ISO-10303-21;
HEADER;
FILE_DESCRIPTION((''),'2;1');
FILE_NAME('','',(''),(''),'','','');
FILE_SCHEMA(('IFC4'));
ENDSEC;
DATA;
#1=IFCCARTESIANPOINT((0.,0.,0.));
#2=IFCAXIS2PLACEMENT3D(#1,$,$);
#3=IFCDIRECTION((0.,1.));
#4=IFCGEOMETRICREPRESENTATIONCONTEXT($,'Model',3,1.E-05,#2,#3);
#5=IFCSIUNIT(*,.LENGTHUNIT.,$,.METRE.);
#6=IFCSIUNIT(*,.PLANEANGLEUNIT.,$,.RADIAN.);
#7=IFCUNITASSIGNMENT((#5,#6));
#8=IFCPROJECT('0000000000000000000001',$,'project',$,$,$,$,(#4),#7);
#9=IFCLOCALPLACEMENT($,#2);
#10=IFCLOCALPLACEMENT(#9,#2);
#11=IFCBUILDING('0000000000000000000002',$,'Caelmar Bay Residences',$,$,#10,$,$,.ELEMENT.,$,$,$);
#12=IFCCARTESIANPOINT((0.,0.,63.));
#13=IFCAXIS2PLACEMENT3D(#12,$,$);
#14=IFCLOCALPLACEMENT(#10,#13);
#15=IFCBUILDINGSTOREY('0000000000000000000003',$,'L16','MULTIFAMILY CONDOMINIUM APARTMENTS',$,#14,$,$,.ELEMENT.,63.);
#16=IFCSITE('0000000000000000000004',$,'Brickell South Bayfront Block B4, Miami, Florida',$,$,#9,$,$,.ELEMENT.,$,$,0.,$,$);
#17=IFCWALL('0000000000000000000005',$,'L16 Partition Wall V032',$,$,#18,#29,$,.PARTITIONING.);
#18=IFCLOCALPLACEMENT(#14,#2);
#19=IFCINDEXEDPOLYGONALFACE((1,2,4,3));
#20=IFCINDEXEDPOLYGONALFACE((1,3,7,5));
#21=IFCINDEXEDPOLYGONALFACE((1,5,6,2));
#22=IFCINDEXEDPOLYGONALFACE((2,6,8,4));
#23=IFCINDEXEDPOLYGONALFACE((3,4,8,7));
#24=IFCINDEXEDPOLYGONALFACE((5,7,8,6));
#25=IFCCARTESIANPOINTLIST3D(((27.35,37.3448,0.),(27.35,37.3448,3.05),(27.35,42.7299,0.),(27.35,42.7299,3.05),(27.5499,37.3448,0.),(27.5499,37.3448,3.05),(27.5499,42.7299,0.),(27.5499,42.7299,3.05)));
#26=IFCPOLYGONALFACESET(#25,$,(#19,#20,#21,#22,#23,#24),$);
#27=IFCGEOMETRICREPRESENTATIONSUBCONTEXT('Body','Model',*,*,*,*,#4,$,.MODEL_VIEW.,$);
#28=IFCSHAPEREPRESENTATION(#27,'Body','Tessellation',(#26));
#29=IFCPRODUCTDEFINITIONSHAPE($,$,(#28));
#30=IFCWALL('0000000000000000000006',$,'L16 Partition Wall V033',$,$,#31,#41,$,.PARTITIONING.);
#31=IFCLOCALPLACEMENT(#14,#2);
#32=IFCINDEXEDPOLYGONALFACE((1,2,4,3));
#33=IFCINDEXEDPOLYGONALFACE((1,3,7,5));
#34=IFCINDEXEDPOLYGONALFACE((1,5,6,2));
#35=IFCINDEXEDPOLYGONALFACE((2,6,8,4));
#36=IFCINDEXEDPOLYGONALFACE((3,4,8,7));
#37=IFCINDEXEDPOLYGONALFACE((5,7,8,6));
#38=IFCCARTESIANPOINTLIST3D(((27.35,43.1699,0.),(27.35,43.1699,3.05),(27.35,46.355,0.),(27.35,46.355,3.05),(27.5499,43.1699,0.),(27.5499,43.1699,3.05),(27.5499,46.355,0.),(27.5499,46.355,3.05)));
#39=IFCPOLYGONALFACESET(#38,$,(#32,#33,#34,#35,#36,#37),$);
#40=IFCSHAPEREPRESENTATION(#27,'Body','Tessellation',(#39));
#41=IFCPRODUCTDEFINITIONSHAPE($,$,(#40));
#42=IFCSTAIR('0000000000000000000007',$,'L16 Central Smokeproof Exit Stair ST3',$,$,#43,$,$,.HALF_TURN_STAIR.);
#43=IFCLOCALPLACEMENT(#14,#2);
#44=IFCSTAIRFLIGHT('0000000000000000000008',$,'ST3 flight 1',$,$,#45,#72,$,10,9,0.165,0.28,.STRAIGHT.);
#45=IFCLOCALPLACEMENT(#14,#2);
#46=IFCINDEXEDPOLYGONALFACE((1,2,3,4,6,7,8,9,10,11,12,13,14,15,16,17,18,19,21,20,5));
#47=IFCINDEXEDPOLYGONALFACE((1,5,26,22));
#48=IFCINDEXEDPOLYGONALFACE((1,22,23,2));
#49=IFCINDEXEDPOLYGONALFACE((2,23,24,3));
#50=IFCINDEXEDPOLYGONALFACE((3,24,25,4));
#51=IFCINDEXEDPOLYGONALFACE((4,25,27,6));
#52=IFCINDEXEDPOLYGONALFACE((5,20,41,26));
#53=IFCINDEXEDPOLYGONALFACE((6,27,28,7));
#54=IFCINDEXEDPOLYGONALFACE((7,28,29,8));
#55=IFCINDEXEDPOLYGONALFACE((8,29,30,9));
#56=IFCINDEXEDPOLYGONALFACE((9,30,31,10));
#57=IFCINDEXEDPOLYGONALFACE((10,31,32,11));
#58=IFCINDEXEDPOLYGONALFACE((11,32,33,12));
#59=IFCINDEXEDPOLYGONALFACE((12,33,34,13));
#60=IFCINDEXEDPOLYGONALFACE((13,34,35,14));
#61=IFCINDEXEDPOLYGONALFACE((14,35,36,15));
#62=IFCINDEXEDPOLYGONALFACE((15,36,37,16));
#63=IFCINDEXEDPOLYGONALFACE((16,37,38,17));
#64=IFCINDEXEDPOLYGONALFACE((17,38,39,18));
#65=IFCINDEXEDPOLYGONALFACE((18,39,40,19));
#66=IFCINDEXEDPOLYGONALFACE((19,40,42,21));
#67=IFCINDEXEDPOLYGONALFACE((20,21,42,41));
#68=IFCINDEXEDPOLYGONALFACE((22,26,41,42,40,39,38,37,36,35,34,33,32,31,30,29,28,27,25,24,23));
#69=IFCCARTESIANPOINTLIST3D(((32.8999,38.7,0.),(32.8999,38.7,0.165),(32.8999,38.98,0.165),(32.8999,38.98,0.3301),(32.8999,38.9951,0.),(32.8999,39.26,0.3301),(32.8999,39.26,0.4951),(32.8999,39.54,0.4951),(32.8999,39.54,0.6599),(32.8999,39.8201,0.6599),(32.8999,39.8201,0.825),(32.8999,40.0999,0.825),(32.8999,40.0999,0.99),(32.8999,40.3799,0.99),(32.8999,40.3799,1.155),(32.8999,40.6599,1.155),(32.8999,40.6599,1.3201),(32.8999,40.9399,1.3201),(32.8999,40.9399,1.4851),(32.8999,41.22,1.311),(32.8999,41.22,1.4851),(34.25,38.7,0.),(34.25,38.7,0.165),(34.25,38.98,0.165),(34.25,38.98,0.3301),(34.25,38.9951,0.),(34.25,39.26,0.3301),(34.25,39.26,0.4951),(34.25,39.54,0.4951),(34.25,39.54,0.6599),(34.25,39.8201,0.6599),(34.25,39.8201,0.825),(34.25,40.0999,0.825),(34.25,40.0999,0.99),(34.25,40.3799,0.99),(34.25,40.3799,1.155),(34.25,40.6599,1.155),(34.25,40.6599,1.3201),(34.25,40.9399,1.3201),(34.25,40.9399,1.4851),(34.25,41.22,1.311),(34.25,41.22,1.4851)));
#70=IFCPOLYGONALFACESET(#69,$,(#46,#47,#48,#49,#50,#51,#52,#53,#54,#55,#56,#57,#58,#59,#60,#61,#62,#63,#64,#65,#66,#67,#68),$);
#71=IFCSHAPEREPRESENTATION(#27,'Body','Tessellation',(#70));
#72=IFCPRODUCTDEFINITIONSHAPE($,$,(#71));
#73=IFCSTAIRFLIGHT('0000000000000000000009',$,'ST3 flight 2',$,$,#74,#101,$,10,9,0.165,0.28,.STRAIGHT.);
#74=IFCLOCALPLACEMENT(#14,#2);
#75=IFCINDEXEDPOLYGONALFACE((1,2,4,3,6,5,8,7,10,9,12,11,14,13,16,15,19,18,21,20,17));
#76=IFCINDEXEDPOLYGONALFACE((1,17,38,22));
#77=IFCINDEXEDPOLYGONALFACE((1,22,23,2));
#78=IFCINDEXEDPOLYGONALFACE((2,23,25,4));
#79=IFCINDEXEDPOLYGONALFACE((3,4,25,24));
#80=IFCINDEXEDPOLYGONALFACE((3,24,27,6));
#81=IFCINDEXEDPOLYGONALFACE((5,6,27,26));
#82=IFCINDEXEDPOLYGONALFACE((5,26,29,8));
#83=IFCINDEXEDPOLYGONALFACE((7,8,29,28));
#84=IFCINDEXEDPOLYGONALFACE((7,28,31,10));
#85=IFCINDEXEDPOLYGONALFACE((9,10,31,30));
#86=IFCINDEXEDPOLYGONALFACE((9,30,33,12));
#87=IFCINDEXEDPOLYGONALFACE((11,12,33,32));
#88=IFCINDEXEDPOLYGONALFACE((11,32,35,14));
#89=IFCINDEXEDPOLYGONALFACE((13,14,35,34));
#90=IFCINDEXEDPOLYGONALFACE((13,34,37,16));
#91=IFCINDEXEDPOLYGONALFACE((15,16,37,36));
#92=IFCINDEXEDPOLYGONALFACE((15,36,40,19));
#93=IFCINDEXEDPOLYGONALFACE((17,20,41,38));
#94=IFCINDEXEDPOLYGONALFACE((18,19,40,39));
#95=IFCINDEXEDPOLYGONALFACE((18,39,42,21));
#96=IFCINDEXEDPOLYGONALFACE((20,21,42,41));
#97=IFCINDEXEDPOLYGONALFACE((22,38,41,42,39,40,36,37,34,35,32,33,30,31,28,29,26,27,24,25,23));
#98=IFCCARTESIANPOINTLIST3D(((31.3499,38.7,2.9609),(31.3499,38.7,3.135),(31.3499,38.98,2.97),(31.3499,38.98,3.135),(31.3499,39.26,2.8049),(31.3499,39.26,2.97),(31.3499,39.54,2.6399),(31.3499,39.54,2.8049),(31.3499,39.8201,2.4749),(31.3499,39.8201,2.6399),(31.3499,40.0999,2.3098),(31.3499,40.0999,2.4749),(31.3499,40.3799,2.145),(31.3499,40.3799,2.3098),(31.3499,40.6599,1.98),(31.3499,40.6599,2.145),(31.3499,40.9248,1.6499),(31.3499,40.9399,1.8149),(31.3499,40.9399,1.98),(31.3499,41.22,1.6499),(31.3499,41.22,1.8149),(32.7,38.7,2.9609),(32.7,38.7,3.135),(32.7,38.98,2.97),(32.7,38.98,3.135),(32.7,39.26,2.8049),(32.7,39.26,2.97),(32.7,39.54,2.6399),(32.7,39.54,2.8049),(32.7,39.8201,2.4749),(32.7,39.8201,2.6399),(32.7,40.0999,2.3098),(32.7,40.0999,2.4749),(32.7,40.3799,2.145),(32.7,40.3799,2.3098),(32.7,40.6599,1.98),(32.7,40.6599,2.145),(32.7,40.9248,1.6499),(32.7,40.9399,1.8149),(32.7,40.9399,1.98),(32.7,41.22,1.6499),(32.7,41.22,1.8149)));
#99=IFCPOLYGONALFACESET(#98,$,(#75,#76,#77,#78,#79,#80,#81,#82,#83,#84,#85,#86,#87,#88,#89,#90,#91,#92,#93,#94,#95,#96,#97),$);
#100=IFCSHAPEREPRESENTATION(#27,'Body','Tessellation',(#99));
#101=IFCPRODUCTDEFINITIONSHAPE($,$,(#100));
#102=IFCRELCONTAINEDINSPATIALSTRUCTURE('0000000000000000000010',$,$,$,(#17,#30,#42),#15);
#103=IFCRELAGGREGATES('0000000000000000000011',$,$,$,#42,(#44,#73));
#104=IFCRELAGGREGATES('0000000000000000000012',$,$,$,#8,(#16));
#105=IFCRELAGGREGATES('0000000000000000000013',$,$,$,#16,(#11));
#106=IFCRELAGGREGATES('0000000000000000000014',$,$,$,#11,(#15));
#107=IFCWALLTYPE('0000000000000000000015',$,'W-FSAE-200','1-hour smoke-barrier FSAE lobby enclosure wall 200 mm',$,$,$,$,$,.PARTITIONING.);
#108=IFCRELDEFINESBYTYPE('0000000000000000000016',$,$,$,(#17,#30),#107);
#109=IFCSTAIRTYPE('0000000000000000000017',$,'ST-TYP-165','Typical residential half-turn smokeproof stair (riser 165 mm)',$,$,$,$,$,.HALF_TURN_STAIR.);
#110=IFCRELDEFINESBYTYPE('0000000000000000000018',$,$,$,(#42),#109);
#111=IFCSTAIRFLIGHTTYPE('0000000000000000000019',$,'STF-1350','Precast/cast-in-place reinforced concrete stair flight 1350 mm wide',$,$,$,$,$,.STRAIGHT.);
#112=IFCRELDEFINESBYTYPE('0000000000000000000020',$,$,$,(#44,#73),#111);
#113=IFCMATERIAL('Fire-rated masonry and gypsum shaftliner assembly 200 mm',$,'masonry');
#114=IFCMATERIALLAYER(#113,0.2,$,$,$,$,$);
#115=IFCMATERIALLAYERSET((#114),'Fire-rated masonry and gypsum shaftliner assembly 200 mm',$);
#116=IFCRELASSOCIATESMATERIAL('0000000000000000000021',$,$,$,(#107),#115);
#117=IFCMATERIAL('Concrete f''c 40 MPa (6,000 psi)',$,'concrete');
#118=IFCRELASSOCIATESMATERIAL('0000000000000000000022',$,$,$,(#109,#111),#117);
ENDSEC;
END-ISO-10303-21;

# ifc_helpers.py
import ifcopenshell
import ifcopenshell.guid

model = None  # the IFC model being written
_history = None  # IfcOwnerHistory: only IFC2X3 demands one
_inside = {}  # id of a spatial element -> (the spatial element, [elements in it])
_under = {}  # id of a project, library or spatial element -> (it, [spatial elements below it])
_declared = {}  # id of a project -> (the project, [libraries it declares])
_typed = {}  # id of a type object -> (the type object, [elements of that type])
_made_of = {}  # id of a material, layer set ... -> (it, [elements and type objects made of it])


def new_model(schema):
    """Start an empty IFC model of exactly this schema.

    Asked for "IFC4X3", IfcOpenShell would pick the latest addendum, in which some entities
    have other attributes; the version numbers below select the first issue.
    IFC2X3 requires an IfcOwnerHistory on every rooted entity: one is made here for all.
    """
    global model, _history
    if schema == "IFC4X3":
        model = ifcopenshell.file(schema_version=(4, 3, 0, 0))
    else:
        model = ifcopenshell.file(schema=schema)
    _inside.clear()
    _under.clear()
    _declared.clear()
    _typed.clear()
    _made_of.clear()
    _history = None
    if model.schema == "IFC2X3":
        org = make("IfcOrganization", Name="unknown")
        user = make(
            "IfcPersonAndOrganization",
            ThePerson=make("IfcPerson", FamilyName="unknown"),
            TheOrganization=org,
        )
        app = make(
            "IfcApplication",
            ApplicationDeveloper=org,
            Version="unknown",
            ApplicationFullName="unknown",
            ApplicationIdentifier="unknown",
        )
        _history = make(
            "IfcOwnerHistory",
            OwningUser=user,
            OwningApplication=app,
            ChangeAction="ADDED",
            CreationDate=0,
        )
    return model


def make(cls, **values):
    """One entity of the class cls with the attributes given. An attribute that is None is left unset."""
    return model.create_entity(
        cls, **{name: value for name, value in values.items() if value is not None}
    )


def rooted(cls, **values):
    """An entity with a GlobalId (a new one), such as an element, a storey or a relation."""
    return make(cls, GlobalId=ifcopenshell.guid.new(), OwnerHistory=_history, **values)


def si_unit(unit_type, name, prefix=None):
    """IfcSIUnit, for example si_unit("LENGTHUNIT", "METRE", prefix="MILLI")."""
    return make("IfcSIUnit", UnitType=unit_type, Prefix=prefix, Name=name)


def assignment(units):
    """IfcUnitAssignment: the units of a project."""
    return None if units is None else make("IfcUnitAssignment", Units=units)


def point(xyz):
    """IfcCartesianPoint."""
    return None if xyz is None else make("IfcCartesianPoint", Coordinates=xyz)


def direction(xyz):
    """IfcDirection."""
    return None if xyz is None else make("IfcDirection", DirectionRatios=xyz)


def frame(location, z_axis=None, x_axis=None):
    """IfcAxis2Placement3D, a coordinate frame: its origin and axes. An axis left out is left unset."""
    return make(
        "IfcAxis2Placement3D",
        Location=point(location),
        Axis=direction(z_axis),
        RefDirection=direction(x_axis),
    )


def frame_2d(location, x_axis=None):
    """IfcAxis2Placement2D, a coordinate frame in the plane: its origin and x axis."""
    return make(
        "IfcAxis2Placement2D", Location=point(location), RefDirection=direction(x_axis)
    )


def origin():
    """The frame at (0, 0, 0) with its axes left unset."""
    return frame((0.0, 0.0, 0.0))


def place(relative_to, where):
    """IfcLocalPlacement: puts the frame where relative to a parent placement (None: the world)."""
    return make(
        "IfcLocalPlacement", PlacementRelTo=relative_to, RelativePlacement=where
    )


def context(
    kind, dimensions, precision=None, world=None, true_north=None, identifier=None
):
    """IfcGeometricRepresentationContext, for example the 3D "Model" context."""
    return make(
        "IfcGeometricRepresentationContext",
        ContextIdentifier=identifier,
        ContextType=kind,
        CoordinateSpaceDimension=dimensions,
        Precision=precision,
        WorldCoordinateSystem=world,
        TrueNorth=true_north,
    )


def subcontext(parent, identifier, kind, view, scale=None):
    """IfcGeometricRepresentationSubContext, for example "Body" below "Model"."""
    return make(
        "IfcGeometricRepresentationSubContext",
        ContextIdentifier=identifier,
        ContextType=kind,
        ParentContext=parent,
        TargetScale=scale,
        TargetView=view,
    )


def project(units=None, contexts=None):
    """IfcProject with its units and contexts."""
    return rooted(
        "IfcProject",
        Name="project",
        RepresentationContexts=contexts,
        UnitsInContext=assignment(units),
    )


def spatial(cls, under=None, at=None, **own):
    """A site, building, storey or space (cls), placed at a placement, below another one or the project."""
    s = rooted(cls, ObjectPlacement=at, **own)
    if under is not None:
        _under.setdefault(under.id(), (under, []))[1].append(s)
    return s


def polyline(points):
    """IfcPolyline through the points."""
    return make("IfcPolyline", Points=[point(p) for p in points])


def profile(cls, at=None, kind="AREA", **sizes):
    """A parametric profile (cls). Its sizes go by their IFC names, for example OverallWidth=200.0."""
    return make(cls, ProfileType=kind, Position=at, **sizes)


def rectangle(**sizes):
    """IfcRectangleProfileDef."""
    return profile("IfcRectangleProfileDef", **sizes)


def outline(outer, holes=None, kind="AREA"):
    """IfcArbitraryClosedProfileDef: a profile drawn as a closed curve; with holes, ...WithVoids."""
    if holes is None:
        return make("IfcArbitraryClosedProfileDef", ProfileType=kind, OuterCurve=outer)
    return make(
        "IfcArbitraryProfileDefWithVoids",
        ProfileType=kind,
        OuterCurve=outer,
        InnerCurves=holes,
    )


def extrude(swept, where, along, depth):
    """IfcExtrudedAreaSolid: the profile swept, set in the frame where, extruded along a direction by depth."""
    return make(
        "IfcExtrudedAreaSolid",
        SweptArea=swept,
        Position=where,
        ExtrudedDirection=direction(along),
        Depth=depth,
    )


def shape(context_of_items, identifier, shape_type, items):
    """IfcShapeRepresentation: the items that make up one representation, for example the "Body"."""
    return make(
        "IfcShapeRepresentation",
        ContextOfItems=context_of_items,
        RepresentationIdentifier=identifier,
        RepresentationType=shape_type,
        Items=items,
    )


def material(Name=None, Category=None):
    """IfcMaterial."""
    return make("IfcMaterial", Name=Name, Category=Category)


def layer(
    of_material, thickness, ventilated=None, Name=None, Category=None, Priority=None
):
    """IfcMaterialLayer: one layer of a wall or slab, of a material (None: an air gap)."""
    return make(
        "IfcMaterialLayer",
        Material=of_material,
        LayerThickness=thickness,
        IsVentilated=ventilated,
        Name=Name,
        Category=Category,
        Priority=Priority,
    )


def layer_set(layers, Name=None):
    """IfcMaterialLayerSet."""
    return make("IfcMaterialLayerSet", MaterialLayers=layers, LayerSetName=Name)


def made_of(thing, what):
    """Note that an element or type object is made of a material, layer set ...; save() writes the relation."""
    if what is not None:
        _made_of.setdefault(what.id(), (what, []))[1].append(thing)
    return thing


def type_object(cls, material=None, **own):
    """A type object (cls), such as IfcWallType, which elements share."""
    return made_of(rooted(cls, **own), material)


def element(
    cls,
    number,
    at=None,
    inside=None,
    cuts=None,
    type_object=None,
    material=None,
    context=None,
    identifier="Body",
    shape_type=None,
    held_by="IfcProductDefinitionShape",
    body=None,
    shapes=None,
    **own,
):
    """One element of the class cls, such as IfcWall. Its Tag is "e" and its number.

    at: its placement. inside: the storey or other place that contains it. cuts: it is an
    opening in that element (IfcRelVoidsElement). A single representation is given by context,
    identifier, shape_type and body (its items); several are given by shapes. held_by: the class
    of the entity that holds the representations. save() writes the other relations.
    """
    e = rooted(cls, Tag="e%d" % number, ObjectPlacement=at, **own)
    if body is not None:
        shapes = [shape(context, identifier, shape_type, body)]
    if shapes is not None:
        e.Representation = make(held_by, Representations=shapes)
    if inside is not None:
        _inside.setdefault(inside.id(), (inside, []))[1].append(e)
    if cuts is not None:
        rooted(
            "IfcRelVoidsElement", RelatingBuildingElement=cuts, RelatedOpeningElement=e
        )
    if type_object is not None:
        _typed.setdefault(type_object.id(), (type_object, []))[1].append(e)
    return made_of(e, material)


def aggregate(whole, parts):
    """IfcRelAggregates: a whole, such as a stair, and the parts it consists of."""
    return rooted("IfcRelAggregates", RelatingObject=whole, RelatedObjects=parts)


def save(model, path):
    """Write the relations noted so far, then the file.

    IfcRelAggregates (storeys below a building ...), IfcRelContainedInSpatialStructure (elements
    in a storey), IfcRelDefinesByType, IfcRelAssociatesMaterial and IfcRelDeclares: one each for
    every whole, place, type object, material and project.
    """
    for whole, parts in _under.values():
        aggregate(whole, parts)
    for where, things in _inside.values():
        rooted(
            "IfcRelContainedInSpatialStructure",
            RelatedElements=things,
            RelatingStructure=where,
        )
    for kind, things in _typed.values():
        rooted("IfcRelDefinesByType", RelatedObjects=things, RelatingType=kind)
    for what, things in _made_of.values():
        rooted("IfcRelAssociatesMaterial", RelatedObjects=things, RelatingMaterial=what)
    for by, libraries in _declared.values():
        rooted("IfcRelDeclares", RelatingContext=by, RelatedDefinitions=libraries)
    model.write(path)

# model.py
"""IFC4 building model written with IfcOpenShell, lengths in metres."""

from ifc_helpers import new_model, si_unit, direction, frame, frame_2d, origin, place, context, subcontext, project, spatial, polyline, rectangle, outline, extrude, material, layer, layer_set, type_object, element, aggregate, save


model = new_model("IFC4")

# Units and contexts
model_context = context("Model", 3, precision=1e-05, world=origin(), true_north=direction((0.0, 1.0)))
body_context = subcontext(model_context, "Body", "Model", "MODEL_VIEW")
ifc_project = project(units=[si_unit("LENGTHUNIT", "METRE"), si_unit("PLANEANGLEUNIT", "RADIAN")], contexts=[model_context])

# Site, building, storey
site_placement = place(None, origin())
site = spatial("IfcSite", under=ifc_project, at=site_placement, Name="Brickell South Bayfront Block B4, Miami, Florida", CompositionType="ELEMENT", RefElevation=0.0)
building_placement = place(site_placement, origin())
building = spatial("IfcBuilding", under=site, at=building_placement, Name="Caelmar Bay Residences", CompositionType="ELEMENT")
storey_placement = place(building_placement, frame((0.0, 0.0, 63.0)))
storey = spatial("IfcBuildingStorey", under=building, at=storey_placement, Name="L16", Description="MULTIFAMILY CONDOMINIUM APARTMENTS", CompositionType="ELEMENT", Elevation=63.0)

# Walls
ifc_material_1 = material(Name="Fire-rated masonry and gypsum shaftliner assembly 200 mm", Category="masonry")
ifc_layer_1 = layer(ifc_material_1, 0.2)
ifc_layer_set_1 = layer_set([ifc_layer_1], Name="Fire-rated masonry and gypsum shaftliner assembly 200 mm")
wall_type_1 = type_object("IfcWallType", Name="W-FSAE-200", Description="1-hour smoke-barrier FSAE lobby enclosure wall 200 mm", PredefinedType="PARTITIONING", material=ifc_layer_set_1)
wall_1_placement = place(storey_placement, frame((27.45, 37.345, 0.0), z_axis=(0.0, 0.0, 1.0), x_axis=(0.0, 1.0, 0.0)))
element("IfcWall", 1, at=wall_1_placement, inside=storey, type_object=wall_type_1, Name="L16 Partition Wall V032", PredefinedType="PARTITIONING", context=body_context, shape_type="SweptSolid", body=[
    extrude(rectangle(XDim=5.385, YDim=0.2, at=frame_2d((2.6924, 0.0))), origin(), (0.0, 0.0, 1.0), 3.05),
])
wall_2_placement = place(storey_placement, frame((27.45, 43.1699, 0.0), z_axis=(0.0, 0.0, 1.0), x_axis=(0.0, 1.0, 0.0)))
element("IfcWall", 2, at=wall_2_placement, inside=storey, type_object=wall_type_1, Name="L16 Partition Wall V033", PredefinedType="PARTITIONING", context=body_context, shape_type="SweptSolid", body=[
    extrude(rectangle(XDim=3.1851, YDim=0.2, at=frame_2d((1.5925, 0.0))), origin(), (0.0, 0.0, 1.0), 3.05),
])

# Stair, stair flights
ifc_material_2 = material(Name="Concrete f'c 40 MPa (6,000 psi)", Category="concrete")
stair_type = type_object("IfcStairType", Name="ST-TYP-165", Description="Typical residential half-turn smokeproof stair (riser 165 mm)", PredefinedType="HALF_TURN_STAIR", material=ifc_material_2)
stair_placement = place(storey_placement, origin())
stair = element("IfcStair", 3, at=stair_placement, inside=storey, type_object=stair_type, Name="L16 Central Smokeproof Exit Stair ST3", PredefinedType="HALF_TURN_STAIR")
stair_flight_type = type_object("IfcStairFlightType", Name="STF-1350", Description="Precast/cast-in-place reinforced concrete stair flight 1350 mm wide", PredefinedType="STRAIGHT", material=ifc_material_2)
stair_flight_1_placement = place(storey_placement, frame((33.575, 38.7, 0.0), z_axis=(0.0, 0.0, 1.0), x_axis=(0.0, 1.0, 0.0)))
stair_flight_1 = element("IfcStairFlight", 4, at=stair_flight_1_placement, type_object=stair_flight_type, Name="ST3 flight 1", NumberOfRisers=10, NumberOfTreads=9, PredefinedType="STRAIGHT", RiserHeight=0.165, TreadLength=0.28, context=body_context, shape_type="SweptSolid", body=[
    extrude(outline(polyline([(0.0, 0.0), (0.0, 0.165), (0.28, 0.165), (0.28, 0.3301), (0.5601, 0.3301), (0.5601, 0.4951), (0.8401, 0.4951), (0.8401, 0.6599), (1.1201, 0.6599), (1.1201, 0.825), (1.3999, 0.825), (1.3999, 0.99), (1.6799, 0.99), (1.6799, 1.155), (1.96, 1.155), (1.96, 1.3201), (2.24, 1.3201), (2.24, 1.4851), (2.52, 1.4851), (2.52, 1.6499), (2.52, 1.311), (0.2952, 0.0), (0.0, 0.0)])), frame((0.0, 0.675, 0.0), z_axis=(0.0, -1.0, 0.0), x_axis=(1.0, 0.0, 0.0)), (0.0, 0.0, 1.0), 1.3501),
])
stair_flight_2_placement = place(storey_placement, frame((32.0249, 41.22, 1.6499), z_axis=(0.0, 0.0, 1.0), x_axis=(0.0, -1.0, 0.0)))
stair_flight_2 = element("IfcStairFlight", 5, at=stair_flight_2_placement, type_object=stair_flight_type, Name="ST3 flight 2", NumberOfRisers=10, NumberOfTreads=9, PredefinedType="STRAIGHT", RiserHeight=0.165, TreadLength=0.28, context=body_context, shape_type="SweptSolid", body=[
    extrude(outline(polyline([(0.0, 0.0), (0.0, 0.165), (0.28, 0.165), (0.28, 0.3301), (0.5601, 0.3301), (0.5601, 0.4951), (0.8401, 0.4951), (0.8401, 0.6599), (1.1201, 0.6599), (1.1201, 0.825), (1.3999, 0.825), (1.3999, 0.99), (1.6799, 0.99), (1.6799, 1.155), (1.96, 1.155), (1.96, 1.3201), (2.24, 1.3201), (2.24, 1.4851), (2.52, 1.4851), (2.52, 1.6499), (2.52, 1.311), (0.2952, 0.0), (0.0, 0.0)])), frame((0.0, 0.675, 0.0), z_axis=(0.0, -1.0, 0.0), x_axis=(1.0, 0.0, 0.0)), (0.0, 0.0, 1.0), 1.3501),
])
aggregate(stair, [stair_flight_1, stair_flight_2])

save(model, "model.ifc")
